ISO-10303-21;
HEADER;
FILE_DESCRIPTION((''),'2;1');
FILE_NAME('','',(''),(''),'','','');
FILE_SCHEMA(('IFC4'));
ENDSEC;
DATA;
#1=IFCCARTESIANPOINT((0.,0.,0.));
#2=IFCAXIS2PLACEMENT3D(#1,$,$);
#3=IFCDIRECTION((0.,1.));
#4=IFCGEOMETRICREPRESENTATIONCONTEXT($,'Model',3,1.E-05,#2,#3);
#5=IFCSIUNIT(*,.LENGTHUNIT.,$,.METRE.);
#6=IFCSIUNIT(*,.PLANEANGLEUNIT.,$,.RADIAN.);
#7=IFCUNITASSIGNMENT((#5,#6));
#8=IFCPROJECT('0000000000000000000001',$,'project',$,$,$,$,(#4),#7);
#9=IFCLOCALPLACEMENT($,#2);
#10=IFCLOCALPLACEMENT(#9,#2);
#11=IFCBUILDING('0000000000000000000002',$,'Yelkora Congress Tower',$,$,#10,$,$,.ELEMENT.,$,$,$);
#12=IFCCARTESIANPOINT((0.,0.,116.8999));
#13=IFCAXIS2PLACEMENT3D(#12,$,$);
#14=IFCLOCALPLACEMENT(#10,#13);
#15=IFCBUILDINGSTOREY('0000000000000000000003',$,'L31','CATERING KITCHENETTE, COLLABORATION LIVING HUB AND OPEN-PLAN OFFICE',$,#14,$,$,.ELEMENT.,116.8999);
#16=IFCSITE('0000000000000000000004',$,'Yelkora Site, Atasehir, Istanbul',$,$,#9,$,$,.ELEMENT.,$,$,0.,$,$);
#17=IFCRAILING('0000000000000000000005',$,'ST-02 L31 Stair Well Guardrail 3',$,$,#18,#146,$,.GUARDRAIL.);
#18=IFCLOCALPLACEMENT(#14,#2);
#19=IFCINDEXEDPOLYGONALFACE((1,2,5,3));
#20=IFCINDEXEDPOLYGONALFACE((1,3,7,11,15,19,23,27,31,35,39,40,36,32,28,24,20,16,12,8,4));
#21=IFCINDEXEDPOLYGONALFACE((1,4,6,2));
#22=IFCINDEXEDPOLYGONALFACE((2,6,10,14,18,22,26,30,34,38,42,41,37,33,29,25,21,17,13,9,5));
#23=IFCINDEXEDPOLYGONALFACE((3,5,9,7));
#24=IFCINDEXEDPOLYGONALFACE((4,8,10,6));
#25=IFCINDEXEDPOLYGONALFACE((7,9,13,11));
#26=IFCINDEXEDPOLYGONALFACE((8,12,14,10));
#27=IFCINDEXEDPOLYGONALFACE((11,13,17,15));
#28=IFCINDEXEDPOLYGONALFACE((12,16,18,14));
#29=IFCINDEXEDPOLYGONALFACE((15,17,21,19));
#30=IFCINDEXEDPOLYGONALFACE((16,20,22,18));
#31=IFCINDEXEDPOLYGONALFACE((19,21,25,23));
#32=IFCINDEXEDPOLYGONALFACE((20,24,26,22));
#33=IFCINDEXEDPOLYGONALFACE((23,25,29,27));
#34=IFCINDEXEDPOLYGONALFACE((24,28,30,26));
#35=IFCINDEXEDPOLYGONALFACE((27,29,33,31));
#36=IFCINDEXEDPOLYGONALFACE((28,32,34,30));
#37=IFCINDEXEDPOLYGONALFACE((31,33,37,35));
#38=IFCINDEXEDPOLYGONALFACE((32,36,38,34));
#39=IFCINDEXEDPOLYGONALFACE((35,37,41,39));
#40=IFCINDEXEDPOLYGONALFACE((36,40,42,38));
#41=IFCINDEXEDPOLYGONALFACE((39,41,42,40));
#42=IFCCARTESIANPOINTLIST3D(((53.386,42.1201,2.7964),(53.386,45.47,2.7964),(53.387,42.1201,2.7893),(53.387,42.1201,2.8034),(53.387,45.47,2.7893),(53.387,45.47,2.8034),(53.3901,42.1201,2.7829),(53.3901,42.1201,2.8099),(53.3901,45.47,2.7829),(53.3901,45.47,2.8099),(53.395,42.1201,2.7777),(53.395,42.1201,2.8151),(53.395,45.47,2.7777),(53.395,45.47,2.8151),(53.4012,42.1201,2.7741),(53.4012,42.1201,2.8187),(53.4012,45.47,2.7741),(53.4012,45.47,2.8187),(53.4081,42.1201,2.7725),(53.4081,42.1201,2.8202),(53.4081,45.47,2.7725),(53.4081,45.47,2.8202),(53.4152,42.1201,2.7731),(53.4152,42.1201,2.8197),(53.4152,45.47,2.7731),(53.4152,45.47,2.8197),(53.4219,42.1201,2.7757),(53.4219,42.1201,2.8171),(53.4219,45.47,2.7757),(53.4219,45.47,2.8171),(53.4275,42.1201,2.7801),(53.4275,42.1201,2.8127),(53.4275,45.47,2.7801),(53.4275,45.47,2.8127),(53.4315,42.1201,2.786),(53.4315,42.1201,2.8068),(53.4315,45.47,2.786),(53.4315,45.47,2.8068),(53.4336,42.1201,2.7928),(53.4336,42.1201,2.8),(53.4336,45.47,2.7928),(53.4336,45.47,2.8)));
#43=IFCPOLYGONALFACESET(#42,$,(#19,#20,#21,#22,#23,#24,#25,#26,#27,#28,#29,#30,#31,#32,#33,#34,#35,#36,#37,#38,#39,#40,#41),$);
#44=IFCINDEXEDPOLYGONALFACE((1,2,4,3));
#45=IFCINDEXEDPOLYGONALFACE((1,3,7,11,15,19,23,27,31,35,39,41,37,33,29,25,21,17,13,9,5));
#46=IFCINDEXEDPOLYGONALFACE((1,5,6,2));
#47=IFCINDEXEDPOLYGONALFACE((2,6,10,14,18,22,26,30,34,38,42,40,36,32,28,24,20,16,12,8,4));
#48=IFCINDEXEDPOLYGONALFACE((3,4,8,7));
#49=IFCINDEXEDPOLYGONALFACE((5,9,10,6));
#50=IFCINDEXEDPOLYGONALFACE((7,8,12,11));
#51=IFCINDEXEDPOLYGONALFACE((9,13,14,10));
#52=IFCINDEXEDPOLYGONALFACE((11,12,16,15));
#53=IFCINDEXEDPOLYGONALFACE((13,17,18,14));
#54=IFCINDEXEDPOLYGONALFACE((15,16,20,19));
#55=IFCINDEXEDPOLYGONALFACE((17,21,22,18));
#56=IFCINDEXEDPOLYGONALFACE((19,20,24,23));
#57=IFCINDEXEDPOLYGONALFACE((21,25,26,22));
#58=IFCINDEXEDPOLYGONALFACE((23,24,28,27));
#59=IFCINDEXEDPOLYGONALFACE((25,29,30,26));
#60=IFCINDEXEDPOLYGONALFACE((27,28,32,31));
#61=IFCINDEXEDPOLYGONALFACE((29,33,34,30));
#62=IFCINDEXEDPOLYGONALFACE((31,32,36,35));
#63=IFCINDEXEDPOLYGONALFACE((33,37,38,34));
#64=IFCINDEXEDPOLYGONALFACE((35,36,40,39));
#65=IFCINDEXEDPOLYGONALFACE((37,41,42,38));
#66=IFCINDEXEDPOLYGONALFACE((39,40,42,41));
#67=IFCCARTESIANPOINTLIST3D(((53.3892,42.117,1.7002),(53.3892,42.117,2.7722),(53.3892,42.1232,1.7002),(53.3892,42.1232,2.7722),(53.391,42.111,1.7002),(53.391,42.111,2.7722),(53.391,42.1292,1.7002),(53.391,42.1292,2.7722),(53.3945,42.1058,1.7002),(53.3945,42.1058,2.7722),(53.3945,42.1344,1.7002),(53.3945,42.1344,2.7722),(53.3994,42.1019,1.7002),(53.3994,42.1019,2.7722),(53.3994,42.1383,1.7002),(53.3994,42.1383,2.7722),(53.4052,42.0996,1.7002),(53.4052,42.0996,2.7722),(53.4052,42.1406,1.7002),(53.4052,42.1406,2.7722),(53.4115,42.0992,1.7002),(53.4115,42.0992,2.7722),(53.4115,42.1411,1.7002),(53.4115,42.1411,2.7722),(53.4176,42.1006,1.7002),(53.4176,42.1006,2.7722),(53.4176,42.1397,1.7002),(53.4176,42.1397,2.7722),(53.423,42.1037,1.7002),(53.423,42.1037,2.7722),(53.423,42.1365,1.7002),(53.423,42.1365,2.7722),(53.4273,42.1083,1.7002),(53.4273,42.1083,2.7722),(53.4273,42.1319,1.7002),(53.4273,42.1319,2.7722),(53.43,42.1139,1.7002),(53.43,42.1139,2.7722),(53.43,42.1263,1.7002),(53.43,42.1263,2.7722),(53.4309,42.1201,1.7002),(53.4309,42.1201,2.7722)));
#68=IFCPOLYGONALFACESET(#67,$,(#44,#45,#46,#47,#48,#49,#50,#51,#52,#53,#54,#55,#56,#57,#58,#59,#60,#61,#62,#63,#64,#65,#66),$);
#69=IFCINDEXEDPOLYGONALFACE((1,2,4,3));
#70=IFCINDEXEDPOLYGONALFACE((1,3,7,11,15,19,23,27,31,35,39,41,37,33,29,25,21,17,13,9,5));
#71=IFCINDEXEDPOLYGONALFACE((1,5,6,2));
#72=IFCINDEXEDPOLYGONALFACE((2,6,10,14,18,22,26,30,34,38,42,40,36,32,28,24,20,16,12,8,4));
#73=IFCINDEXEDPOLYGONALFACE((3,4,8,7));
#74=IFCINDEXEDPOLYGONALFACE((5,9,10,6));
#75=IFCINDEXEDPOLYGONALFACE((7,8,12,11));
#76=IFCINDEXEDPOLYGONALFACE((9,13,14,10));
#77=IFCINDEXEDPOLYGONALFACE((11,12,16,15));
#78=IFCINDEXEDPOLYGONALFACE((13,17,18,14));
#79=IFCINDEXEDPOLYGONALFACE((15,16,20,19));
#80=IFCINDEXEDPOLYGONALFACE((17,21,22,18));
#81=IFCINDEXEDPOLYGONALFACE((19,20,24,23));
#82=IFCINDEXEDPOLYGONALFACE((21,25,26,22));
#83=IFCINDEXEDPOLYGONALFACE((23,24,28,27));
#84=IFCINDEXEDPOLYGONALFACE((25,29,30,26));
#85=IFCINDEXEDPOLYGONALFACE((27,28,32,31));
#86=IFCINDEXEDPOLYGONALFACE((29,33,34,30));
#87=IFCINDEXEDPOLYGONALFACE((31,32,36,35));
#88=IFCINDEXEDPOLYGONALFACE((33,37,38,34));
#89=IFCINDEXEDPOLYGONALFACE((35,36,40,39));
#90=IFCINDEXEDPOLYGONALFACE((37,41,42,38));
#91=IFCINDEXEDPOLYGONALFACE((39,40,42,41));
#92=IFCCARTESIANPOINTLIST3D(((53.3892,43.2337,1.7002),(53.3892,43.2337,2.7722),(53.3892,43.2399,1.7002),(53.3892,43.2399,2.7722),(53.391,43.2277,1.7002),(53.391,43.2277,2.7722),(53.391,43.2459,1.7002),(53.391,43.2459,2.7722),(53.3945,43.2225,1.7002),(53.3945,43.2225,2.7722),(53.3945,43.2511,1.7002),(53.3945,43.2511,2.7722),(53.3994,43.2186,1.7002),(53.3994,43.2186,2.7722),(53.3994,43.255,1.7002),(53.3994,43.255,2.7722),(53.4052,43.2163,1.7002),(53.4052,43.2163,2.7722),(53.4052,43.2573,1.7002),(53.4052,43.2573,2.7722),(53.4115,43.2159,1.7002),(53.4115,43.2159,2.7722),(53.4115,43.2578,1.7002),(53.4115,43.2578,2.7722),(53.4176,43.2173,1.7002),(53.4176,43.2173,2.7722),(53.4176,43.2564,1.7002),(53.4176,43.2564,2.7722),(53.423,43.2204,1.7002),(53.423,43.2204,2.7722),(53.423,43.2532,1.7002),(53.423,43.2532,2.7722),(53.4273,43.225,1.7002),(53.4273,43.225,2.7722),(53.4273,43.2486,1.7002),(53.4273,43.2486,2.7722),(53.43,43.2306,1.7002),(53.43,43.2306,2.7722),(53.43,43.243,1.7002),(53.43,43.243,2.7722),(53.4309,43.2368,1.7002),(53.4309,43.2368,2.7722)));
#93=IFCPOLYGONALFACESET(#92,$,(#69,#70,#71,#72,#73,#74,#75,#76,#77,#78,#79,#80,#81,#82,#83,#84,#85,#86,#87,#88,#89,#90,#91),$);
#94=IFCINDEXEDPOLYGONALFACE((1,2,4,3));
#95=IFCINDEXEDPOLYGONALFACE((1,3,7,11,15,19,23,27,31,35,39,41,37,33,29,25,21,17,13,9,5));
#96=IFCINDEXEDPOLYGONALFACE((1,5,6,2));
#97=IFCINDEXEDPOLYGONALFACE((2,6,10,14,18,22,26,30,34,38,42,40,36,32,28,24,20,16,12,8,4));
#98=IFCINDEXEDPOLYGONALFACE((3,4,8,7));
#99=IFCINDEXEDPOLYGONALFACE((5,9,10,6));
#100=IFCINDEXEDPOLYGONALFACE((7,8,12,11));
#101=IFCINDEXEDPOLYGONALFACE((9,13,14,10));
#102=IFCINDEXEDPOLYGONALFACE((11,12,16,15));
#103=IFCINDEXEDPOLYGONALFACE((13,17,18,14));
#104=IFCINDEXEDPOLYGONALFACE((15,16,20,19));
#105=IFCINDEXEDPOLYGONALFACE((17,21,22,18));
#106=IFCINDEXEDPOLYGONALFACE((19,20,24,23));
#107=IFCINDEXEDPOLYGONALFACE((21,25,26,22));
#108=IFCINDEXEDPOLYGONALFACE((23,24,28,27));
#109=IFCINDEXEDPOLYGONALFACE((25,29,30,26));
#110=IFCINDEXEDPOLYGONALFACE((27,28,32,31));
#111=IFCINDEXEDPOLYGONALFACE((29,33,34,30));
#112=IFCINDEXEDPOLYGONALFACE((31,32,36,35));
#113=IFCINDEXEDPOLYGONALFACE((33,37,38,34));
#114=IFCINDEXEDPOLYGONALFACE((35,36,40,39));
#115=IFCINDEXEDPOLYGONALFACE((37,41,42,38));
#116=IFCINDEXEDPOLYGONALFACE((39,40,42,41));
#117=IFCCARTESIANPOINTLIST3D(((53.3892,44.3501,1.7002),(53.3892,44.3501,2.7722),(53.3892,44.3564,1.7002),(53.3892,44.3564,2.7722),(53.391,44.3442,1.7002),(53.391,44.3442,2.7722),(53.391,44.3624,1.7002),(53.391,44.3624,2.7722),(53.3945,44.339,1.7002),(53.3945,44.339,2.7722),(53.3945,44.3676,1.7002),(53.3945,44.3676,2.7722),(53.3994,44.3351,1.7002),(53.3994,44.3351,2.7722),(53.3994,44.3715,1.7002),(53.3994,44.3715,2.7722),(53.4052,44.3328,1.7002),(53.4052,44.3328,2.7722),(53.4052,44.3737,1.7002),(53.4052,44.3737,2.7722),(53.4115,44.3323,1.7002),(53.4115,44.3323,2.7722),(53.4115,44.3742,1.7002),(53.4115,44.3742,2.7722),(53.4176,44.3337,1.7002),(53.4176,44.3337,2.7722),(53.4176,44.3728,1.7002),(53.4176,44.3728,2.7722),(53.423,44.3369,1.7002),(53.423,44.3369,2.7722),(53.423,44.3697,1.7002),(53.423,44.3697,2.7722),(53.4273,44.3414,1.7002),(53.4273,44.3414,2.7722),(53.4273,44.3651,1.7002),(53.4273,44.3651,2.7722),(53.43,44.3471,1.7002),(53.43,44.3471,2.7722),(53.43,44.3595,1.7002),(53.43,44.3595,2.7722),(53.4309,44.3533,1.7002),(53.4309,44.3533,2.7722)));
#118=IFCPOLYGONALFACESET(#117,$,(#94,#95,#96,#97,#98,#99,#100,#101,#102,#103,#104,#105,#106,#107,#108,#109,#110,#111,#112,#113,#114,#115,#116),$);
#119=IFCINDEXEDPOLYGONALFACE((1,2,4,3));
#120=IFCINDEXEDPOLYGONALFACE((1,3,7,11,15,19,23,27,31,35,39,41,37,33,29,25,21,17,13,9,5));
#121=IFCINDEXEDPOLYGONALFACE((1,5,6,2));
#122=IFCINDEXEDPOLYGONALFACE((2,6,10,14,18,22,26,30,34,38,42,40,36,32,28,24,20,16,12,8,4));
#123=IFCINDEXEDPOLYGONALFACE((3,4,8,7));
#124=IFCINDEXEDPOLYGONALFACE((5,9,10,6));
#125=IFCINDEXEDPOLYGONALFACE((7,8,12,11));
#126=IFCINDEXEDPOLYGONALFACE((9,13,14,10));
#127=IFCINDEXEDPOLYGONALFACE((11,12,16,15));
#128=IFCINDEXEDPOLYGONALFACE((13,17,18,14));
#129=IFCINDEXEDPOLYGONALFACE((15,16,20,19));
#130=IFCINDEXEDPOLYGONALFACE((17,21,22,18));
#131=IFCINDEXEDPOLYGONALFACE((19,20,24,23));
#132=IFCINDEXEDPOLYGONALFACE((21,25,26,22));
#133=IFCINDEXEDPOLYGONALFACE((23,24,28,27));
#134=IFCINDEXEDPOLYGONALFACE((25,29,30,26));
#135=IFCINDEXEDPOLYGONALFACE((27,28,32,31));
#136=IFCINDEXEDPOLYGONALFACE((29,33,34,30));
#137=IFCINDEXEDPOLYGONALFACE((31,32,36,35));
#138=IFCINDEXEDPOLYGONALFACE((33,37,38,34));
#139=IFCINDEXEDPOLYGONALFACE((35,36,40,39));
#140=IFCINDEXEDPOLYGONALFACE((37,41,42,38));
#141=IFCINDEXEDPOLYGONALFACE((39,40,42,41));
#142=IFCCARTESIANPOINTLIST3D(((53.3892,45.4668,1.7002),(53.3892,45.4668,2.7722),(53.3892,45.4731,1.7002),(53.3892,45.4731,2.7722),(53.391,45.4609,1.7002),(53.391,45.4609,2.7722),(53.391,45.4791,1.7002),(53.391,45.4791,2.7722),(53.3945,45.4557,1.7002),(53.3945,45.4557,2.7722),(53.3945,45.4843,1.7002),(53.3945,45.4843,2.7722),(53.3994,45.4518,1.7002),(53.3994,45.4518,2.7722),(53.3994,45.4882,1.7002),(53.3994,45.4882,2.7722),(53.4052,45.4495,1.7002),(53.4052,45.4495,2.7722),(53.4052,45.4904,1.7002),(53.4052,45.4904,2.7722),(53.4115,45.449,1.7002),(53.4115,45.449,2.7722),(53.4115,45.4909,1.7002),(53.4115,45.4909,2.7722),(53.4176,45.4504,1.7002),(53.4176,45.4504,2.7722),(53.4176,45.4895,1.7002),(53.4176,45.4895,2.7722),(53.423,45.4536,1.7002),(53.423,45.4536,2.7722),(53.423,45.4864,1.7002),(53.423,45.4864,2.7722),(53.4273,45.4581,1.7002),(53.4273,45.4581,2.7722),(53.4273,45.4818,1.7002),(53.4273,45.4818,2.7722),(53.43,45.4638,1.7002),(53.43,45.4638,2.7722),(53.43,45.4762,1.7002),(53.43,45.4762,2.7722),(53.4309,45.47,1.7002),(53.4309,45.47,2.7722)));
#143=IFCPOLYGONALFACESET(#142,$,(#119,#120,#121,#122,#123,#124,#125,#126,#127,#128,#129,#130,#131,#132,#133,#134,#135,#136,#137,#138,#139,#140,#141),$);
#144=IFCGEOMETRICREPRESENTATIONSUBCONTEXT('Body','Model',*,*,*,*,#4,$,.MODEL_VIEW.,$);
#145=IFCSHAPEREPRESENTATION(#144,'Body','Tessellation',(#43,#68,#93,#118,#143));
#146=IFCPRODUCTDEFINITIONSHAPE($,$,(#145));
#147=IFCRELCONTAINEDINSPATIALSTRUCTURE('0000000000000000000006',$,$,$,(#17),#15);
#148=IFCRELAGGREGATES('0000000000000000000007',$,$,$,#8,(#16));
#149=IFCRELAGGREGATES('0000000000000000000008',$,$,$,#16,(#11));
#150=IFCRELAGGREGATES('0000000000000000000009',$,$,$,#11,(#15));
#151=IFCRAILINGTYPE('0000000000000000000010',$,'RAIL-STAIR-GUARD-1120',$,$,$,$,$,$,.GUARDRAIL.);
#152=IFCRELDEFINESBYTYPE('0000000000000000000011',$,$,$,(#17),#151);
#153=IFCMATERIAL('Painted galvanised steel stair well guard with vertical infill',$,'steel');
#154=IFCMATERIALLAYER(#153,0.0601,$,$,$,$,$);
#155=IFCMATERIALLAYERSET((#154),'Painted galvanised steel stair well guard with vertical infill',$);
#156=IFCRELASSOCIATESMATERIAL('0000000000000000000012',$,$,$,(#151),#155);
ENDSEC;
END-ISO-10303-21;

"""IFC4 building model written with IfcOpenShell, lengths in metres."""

from ifc_helpers import new_model, si_unit, direction, frame, origin, origin_2d, place, context, subcontext, project, spatial, circle, extrude, material, layer, layer_set, type_object, element, save


model = new_model("IFC4")

# Units and contexts
model_context = context("Model", 3, precision=1e-05, world=origin(), true_north=direction((0.0, 1.0)))
body_context = subcontext(model_context, "Body", "Model", "MODEL_VIEW")
ifc_project = project(units=[si_unit("LENGTHUNIT", "METRE"), si_unit("PLANEANGLEUNIT", "RADIAN")], contexts=[model_context])

# Site, building, storey
site_placement = place(None, origin())
site = spatial("IfcSite", under=ifc_project, at=site_placement, Name="Yelkora Site, Atasehir, Istanbul", CompositionType="ELEMENT", RefElevation=0.0)
building_placement = place(site_placement, origin())
building = spatial("IfcBuilding", under=site, at=building_placement, Name="Yelkora Congress Tower", CompositionType="ELEMENT")
storey_placement = place(building_placement, frame((0.0, 0.0, 116.8999)))
storey = spatial("IfcBuildingStorey", under=building, at=storey_placement, Name="L31", Description="CATERING KITCHENETTE, COLLABORATION LIVING HUB AND OPEN-PLAN OFFICE", CompositionType="ELEMENT", Elevation=116.8999)

# Railing
ifc_material_1 = material(Name="Painted galvanised steel stair well guard with vertical infill", Category="steel")
ifc_layer_1 = layer(ifc_material_1, 0.0601)
ifc_layer_set_1 = layer_set([ifc_layer_1], Name="Painted galvanised steel stair well guard with vertical infill")
railing_type_1 = type_object("IfcRailingType", Name="RAIL-STAIR-GUARD-1120", PredefinedType="GUARDRAIL", material=ifc_layer_set_1)
for number, where, name in (
    (1, (53.4099, 42.1201, 1.7002), "ST-02 L31 Stair Well Guardrail 3"),
):
    element("IfcRailing", number, at=place(storey_placement, frame(where)), inside=storey, type_object=railing_type_1, Name=name, PredefinedType="GUARDRAIL", context=body_context, shape_type="SweptSolid", body=[
        extrude(circle(Radius=0.0239, at=origin_2d()), frame((0.0, 0.0, 1.0962), z_axis=(0.0, 1.0, 0.0), x_axis=(-1.0, 0.0, 0.0)), (0.0, 0.0, 1.0), 3.3499),
        extrude(circle(Radius=0.021, at=origin_2d()), origin(), (0.0, 0.0, 1.0), 1.072),
        extrude(circle(Radius=0.021, at=origin_2d()), frame((0.0, 1.1167, 0.0)), (0.0, 0.0, 1.0), 1.072),
        extrude(circle(Radius=0.021, at=origin_2d()), frame((0.0, 2.2332, 0.0)), (0.0, 0.0, 1.0), 1.072),
        extrude(circle(Radius=0.021, at=origin_2d()), frame((0.0, 3.3499, 0.0)), (0.0, 0.0, 1.0), 1.072),
    ])

save(model, "model.ifc")
